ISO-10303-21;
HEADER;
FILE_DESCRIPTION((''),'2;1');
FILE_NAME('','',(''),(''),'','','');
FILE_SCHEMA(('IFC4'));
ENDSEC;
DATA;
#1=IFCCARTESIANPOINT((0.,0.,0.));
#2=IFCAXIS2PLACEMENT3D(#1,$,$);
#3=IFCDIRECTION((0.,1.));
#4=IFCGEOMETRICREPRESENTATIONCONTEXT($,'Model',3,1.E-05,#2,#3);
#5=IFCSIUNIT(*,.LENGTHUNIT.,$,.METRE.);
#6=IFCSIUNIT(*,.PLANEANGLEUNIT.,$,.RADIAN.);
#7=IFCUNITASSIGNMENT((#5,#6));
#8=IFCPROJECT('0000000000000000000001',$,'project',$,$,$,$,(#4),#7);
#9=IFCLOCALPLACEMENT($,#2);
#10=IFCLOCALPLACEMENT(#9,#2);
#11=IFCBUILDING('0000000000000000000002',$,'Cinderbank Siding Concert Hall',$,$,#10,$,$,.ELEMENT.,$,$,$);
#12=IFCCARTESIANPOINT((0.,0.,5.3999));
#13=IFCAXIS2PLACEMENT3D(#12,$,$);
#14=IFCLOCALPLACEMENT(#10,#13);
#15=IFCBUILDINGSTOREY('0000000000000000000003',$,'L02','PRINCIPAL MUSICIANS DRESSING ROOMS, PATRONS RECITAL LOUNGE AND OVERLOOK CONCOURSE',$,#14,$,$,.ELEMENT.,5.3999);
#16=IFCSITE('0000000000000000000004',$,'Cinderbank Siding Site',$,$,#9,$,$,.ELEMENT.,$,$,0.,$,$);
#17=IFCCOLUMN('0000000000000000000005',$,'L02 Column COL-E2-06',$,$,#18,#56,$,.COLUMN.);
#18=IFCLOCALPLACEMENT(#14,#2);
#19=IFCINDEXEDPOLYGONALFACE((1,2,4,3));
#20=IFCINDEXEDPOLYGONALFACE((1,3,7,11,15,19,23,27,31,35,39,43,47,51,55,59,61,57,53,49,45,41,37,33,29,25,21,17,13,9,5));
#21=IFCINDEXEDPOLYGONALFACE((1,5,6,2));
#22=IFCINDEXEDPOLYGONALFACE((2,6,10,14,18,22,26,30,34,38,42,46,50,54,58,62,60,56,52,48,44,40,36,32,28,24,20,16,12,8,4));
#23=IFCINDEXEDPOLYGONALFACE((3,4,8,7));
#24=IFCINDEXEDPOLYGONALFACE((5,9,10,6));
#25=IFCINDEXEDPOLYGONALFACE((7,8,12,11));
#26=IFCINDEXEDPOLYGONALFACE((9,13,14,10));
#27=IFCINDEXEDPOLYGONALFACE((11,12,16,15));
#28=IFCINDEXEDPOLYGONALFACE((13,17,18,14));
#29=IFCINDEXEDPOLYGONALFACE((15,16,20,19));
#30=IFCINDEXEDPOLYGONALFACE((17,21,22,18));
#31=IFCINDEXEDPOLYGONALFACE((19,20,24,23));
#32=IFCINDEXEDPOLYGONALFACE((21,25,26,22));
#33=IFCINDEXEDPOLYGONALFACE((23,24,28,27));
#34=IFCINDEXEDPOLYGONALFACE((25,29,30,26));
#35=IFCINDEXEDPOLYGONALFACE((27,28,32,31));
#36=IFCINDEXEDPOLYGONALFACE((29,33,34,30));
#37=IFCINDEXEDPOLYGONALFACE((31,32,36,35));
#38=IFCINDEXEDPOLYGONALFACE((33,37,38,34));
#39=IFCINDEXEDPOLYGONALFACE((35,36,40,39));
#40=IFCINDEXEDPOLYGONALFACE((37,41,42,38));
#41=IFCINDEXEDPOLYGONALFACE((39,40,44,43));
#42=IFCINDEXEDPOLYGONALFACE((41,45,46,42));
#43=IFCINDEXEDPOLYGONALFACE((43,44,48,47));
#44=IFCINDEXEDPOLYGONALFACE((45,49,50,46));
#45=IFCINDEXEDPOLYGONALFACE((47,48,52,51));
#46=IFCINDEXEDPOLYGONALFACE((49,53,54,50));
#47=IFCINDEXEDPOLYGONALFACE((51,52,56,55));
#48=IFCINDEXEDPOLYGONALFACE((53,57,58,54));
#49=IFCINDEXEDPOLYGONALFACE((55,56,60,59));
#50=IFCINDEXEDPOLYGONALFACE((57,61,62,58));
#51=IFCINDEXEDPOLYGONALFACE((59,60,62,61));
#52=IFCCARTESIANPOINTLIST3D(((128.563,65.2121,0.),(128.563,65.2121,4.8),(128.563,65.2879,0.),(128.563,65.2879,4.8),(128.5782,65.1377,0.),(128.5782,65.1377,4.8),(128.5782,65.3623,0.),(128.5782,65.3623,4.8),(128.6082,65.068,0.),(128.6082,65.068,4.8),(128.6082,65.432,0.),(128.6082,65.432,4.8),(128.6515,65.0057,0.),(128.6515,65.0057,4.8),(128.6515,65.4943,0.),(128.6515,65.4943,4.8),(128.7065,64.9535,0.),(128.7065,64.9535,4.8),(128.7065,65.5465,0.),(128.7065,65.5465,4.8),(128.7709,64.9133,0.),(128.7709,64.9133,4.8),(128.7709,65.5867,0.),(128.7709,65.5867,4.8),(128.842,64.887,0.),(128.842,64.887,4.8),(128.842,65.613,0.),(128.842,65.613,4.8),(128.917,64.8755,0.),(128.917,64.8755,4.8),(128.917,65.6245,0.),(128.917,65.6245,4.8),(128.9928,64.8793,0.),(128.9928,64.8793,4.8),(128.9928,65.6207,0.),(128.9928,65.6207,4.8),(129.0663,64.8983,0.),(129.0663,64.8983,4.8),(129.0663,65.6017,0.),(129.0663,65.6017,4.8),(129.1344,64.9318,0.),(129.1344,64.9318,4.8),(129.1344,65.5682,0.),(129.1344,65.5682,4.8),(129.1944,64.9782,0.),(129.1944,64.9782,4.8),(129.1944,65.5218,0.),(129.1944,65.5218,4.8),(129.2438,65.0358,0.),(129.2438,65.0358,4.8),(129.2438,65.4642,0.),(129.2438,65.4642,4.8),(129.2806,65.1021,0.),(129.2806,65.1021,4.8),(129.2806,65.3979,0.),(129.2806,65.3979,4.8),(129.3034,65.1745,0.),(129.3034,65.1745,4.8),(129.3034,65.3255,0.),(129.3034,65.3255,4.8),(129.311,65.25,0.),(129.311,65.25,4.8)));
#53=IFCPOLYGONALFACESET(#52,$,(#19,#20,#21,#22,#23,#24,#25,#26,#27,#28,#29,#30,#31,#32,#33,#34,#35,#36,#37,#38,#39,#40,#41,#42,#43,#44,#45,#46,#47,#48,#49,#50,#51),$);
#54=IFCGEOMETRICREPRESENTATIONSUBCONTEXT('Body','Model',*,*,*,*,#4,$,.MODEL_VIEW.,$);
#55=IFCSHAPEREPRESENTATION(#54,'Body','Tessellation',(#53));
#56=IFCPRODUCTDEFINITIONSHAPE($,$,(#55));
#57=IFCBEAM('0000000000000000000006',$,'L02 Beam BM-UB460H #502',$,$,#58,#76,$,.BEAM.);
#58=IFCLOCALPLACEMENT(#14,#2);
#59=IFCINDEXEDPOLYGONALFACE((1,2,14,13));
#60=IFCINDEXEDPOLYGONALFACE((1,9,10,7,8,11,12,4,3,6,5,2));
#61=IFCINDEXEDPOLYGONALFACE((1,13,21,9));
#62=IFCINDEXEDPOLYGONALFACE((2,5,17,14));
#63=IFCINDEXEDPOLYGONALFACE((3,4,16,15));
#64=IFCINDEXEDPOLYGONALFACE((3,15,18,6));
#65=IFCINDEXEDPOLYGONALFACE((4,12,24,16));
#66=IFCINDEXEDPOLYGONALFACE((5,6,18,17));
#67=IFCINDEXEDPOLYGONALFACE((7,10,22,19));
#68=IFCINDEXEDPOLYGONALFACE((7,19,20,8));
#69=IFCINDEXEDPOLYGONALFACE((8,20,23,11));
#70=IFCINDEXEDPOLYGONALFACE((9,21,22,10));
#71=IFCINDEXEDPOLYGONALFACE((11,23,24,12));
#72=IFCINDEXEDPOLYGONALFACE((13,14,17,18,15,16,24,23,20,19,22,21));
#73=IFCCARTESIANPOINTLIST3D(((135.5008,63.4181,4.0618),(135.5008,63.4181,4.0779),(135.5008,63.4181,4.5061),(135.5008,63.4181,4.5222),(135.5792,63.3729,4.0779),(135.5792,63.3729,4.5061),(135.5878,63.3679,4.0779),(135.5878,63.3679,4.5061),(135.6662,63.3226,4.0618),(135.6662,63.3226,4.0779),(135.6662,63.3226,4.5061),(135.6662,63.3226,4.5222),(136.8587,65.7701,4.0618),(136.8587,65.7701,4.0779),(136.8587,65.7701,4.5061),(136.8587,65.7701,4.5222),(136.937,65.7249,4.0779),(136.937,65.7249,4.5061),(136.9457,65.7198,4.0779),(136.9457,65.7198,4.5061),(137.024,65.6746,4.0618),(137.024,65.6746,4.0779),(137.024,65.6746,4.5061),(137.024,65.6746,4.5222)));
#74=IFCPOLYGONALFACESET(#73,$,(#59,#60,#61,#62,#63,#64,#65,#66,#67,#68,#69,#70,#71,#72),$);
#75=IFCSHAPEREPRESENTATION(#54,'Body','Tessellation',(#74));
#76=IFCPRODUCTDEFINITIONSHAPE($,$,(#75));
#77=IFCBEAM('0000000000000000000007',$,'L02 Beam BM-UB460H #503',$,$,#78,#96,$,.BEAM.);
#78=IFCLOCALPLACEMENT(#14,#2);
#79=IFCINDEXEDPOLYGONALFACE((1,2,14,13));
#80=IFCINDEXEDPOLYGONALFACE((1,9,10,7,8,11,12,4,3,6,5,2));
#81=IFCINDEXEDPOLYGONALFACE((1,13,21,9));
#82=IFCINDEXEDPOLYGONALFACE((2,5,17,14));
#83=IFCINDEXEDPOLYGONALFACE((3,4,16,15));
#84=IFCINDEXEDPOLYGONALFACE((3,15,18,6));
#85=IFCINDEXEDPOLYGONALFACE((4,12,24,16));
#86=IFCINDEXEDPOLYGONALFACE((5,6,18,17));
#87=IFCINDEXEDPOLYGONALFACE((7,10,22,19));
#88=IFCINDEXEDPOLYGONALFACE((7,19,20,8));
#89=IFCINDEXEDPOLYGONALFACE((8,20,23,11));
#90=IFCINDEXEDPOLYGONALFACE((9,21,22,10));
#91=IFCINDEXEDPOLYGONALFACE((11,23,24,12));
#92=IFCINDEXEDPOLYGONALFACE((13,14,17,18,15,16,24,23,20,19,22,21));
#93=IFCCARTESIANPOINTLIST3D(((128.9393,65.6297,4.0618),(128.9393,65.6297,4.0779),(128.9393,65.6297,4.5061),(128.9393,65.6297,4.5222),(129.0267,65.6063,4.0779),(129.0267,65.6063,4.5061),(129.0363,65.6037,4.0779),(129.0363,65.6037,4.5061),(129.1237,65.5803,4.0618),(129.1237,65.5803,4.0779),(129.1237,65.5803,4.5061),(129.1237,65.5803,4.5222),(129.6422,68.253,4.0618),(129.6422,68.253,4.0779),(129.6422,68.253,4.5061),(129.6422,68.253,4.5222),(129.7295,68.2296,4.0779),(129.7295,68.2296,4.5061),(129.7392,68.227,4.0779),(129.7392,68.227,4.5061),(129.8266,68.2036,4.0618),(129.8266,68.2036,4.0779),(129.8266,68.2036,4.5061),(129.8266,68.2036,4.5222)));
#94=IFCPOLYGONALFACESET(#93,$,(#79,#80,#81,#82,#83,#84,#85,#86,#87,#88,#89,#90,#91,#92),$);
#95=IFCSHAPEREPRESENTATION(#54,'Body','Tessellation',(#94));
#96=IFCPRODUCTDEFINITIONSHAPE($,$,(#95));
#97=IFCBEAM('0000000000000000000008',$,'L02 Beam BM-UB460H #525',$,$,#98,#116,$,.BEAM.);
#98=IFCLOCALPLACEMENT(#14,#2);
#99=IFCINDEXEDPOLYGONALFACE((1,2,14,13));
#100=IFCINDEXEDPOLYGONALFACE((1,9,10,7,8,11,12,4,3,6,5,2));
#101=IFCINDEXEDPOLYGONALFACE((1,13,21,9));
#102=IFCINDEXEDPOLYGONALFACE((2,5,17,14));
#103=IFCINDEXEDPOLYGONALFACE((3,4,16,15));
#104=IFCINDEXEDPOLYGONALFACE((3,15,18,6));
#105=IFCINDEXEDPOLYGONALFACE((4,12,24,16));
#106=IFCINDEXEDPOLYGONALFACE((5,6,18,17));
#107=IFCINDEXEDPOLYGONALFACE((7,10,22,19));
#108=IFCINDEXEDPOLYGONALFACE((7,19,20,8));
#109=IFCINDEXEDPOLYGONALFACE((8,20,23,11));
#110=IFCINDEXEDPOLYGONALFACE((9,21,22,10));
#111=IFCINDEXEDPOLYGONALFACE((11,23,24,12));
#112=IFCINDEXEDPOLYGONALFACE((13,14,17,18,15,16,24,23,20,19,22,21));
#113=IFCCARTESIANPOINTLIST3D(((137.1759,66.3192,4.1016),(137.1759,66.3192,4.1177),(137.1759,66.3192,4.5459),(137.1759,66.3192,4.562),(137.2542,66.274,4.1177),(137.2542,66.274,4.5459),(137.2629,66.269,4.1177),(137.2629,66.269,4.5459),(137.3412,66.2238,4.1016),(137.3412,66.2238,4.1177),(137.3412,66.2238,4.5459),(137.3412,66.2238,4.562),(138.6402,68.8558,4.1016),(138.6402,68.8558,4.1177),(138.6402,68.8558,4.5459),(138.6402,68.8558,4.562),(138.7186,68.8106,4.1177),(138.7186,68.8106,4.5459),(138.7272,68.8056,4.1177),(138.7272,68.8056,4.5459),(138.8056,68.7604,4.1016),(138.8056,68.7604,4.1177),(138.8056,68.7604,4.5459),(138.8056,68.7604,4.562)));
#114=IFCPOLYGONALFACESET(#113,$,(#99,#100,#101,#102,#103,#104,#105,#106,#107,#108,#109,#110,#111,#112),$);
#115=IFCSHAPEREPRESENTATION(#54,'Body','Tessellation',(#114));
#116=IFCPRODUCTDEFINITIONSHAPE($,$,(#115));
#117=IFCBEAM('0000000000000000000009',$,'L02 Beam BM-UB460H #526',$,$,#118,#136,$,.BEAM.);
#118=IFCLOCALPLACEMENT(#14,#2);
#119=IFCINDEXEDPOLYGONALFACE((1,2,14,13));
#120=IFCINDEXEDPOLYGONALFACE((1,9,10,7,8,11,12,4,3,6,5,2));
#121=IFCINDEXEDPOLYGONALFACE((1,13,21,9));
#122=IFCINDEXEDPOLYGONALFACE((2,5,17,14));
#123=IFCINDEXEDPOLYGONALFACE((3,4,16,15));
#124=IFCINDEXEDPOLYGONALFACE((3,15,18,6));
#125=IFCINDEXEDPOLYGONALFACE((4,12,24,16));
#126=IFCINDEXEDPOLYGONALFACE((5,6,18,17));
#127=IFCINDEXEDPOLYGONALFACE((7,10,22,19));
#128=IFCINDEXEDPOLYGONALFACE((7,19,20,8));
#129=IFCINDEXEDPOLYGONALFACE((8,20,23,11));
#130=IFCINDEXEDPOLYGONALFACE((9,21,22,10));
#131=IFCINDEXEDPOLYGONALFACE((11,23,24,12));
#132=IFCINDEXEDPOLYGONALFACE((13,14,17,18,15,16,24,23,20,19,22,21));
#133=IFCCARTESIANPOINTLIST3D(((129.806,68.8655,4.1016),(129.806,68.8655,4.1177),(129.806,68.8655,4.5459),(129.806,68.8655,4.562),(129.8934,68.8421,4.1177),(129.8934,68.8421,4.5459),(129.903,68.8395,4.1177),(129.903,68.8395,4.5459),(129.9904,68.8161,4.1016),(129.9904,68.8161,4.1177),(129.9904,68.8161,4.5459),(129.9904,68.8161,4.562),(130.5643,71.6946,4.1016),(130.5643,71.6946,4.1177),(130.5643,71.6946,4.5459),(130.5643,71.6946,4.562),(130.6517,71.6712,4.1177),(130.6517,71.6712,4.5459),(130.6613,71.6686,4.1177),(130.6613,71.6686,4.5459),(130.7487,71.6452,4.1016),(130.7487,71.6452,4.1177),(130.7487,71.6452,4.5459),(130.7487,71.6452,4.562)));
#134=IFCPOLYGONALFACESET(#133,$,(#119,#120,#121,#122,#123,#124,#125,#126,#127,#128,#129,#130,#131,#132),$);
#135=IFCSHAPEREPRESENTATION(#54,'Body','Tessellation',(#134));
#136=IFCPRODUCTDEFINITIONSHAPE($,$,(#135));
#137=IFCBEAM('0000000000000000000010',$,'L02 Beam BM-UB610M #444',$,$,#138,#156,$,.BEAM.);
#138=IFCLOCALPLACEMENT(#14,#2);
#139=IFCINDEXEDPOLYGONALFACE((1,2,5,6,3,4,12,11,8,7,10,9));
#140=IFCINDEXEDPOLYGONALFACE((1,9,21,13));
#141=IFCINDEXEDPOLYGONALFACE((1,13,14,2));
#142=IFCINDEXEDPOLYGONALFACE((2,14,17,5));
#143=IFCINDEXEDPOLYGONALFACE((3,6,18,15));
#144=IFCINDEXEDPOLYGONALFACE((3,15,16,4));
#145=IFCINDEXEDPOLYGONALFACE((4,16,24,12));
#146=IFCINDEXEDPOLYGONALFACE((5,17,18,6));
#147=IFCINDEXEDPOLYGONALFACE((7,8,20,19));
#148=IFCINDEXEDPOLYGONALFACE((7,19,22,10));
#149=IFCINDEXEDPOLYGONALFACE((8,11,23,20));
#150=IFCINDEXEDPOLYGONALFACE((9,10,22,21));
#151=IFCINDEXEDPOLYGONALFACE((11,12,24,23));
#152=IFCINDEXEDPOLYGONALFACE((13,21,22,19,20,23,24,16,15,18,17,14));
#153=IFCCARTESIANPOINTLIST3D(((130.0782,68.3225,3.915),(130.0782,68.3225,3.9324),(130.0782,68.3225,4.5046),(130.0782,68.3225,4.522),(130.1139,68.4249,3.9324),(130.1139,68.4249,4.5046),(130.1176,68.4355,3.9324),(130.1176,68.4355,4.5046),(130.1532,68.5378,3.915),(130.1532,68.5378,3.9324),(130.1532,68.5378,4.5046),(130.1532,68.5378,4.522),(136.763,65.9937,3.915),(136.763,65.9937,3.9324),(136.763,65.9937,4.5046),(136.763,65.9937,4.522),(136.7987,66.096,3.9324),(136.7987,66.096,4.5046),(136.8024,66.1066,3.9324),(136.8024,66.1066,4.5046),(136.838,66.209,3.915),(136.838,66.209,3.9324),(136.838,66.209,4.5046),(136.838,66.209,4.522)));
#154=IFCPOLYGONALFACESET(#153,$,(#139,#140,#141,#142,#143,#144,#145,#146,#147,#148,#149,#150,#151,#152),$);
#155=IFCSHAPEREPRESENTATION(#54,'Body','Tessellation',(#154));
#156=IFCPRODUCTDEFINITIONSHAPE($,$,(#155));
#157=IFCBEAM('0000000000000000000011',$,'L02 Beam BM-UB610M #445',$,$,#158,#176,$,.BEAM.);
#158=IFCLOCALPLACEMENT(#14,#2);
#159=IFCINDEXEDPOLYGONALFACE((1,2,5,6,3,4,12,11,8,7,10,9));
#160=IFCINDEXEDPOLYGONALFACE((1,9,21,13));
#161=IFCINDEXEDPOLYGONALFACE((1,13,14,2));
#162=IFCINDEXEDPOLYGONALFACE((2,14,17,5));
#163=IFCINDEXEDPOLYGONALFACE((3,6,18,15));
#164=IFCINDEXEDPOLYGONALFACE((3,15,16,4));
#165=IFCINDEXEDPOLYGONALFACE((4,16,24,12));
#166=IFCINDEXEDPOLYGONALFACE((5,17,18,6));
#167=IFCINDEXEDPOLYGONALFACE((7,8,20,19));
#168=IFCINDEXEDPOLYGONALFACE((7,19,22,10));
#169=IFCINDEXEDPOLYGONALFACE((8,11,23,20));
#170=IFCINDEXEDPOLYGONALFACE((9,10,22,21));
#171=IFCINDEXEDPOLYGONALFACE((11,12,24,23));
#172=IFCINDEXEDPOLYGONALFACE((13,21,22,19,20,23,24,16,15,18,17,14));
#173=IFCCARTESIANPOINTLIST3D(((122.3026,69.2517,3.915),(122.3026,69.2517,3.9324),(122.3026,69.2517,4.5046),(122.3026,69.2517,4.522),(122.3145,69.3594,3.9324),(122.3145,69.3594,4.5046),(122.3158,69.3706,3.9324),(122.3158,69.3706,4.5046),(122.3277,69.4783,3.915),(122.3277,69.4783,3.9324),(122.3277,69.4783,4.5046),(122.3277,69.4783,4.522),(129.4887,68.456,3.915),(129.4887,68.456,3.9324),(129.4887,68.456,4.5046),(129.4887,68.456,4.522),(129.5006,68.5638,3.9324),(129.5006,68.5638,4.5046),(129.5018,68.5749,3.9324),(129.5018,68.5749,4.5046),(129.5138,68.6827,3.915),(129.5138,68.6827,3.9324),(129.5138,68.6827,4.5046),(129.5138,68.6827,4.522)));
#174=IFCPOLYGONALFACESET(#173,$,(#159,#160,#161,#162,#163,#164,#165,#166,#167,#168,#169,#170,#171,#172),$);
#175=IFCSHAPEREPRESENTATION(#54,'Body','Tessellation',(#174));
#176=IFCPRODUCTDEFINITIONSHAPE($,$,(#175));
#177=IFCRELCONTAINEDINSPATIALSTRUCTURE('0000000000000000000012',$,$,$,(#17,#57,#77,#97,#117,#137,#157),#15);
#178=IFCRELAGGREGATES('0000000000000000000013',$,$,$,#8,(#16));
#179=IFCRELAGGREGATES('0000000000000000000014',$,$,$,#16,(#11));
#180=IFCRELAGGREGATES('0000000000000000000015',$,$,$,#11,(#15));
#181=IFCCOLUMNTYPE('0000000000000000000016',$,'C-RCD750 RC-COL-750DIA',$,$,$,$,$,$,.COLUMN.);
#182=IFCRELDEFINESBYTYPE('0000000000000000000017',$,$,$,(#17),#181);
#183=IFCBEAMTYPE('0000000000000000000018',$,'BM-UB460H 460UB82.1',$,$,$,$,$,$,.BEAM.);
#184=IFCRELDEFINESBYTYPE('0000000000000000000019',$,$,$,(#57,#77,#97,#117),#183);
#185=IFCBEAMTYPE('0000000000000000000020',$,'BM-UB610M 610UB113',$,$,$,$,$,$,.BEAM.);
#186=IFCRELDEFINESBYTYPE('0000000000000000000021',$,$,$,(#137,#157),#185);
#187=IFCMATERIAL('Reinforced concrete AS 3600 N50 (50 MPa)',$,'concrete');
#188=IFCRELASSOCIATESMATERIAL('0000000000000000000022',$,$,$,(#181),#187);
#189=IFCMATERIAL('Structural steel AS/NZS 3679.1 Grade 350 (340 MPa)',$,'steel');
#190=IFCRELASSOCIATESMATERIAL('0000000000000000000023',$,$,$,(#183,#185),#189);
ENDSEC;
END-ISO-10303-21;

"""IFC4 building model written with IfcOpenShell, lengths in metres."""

from ifc_helpers import new_model, si_unit, direction, frame, origin, origin_2d, place, context, subcontext, project, spatial, circle, i_section, extrude, material, material_profile, profile_set, type_object, element, save


model = new_model("IFC4")

# Units and contexts
model_context = context("Model", 3, precision=1e-05, world=origin(), true_north=direction((0.0, 1.0)))
body_context = subcontext(model_context, "Body", "Model", "MODEL_VIEW")
ifc_project = project(units=[si_unit("LENGTHUNIT", "METRE"), si_unit("PLANEANGLEUNIT", "RADIAN")], contexts=[model_context])

# Site, building, storey
site_placement = place(None, origin())
site = spatial("IfcSite", under=ifc_project, at=site_placement, Name="Cinderbank Siding Site", CompositionType="ELEMENT", RefElevation=0.0)
building_placement = place(site_placement, origin())
building = spatial("IfcBuilding", under=site, at=building_placement, Name="Cinderbank Siding Concert Hall", CompositionType="ELEMENT")
storey_placement = place(building_placement, frame((0.0, 0.0, 5.3999)))
storey = spatial("IfcBuildingStorey", under=building, at=storey_placement, Name="L02", Description="PRINCIPAL MUSICIANS DRESSING ROOMS, PATRONS RECITAL LOUNGE AND OVERLOOK CONCOURSE", CompositionType="ELEMENT", Elevation=5.3999)

# Column
ifc_material_1 = material(Name="Reinforced concrete AS 3600 N50 (50 MPa)", Category="concrete")
ifc_material_profile_1 = material_profile(ifc_material_1, circle(Radius=0.375, at=origin_2d()), Name="RC-COL-750DIA", Category="LoadBearing")
ifc_profile_set_1 = profile_set([ifc_material_profile_1], Name="Reinforced concrete AS 3600 N50 (50 MPa)")
column_type_1 = type_object("IfcColumnType", Name="C-RCD750 RC-COL-750DIA", PredefinedType="COLUMN", material=ifc_profile_set_1)
for number, where, z_axis, x_axis, name in (
    (1, (128.936, 65.25, 0.0), (0.0, 0.0, 1.0), (1.0, 0.0, 0.0), "L02 Column COL-E2-06"),
):
    element("IfcColumn", number, at=place(storey_placement, frame(where, z_axis=z_axis, x_axis=x_axis)), inside=storey, type_object=column_type_1, Name=name, PredefinedType="COLUMN", context=body_context, shape_type="SweptSolid", body=[
        extrude(circle(Radius=0.375, at=origin_2d()), origin(), (0.0, 0.0, 1.0), 4.8),
    ])

# Beams
ifc_material_2 = material(Name="Structural steel AS/NZS 3679.1 Grade 350 (340 MPa)", Category="steel")
ifc_material_profile_2 = material_profile(ifc_material_2, i_section(OverallWidth=0.1909, OverallDepth=0.4604, WebThickness=0.01, FlangeThickness=0.0161, at=origin_2d()), Name="460UB82.1", Category="LoadBearing")
ifc_profile_set_2 = profile_set([ifc_material_profile_2], Name="Structural steel AS/NZS 3679.1 Grade 350 (340 MPa)")
beam_type_1 = type_object("IfcBeamType", Name="BM-UB460H 460UB82.1", PredefinedType="BEAM", material=ifc_profile_set_2)
for number, where, z_axis, x_axis, name in (
    (2, (135.5835, 63.3704, 4.292), (0.499987, 0.866033, 0.0), (-0.866033, 0.499987, 0.0), "L02 Beam BM-UB460H #502"),
    (3, (129.0315, 65.605, 4.292), (0.258809, 0.965928, 0.0), (-0.965928, 0.258809, 0.0), "L02 Beam BM-UB460H #503"),
):
    element("IfcBeam", number, at=place(storey_placement, frame(where, z_axis=z_axis, x_axis=x_axis)), inside=storey, type_object=beam_type_1, Name=name, PredefinedType="BEAM", context=body_context, shape_type="SweptSolid", body=[
        extrude(i_section(OverallWidth=0.1909, OverallDepth=0.4604, WebThickness=0.01, FlangeThickness=0.0161, at=origin_2d()), origin(), (0.0, 0.0, 1.0), 2.7158),
    ])
for number, where, z_axis, x_axis, name in (
    (4, (137.2585, 66.2715, 4.3318), (0.499958, 0.86605, 0.0), (-0.86605, 0.499958, 0.0), "L02 Beam BM-UB460H #525"),
    (5, (129.8982, 68.8408, 4.3318), (0.258897, 0.965905, 0.0), (-0.965905, 0.258897, 0.0), "L02 Beam BM-UB460H #526"),
):
    element("IfcBeam", number, at=place(storey_placement, frame(where, z_axis=z_axis, x_axis=x_axis)), inside=storey, type_object=beam_type_1, Name=name, PredefinedType="BEAM", context=body_context, shape_type="SweptSolid", body=[
        extrude(i_section(OverallWidth=0.1909, OverallDepth=0.4604, WebThickness=0.01, FlangeThickness=0.0161, at=origin_2d()), origin(), (0.0, 0.0, 1.0), 2.929),
    ])
ifc_material_profile_3 = material_profile(ifc_material_2, i_section(OverallWidth=0.228, OverallDepth=0.6069, WebThickness=0.0112, FlangeThickness=0.0173, at=origin_2d()), Name="610UB113", Category="LoadBearing")
ifc_profile_set_3 = profile_set([ifc_material_profile_3], Name="Structural steel AS/NZS 3679.1 Grade 350 (340 MPa)")
beam_type_2 = type_object("IfcBeamType", Name="BM-UB610M 610UB113", PredefinedType="BEAM", material=ifc_profile_set_3)
beam_1_placement = place(storey_placement, frame((136.8005, 66.1013, 4.2185), z_axis=(-0.944334, 0.328987, 0.0), x_axis=(-0.328987, -0.944334, 0.0)))
element("IfcBeam", 6, at=beam_1_placement, inside=storey, type_object=beam_type_2, Name="L02 Beam BM-UB610M #444", PredefinedType="BEAM", context=body_context, shape_type="SweptSolid", body=[
    extrude(i_section(OverallWidth=0.228, OverallDepth=0.6069, WebThickness=0.0112, FlangeThickness=0.0173, at=origin_2d()), origin(), (0.0, 0.0, 1.0), 7.0789),
])
beam_2_placement = place(storey_placement, frame((129.5012, 68.5693, 4.2185), z_axis=(-0.993926, 0.11005, 0.0), x_axis=(-0.11005, -0.993926, 0.0)))
element("IfcBeam", 7, at=beam_2_placement, inside=storey, type_object=beam_type_2, Name="L02 Beam BM-UB610M #445", PredefinedType="BEAM", context=body_context, shape_type="SweptSolid", body=[
    extrude(i_section(OverallWidth=0.228, OverallDepth=0.6069, WebThickness=0.0112, FlangeThickness=0.0173, at=origin_2d()), origin(), (0.0, 0.0, 1.0), 7.23),
])

save(model, "model.ifc")
